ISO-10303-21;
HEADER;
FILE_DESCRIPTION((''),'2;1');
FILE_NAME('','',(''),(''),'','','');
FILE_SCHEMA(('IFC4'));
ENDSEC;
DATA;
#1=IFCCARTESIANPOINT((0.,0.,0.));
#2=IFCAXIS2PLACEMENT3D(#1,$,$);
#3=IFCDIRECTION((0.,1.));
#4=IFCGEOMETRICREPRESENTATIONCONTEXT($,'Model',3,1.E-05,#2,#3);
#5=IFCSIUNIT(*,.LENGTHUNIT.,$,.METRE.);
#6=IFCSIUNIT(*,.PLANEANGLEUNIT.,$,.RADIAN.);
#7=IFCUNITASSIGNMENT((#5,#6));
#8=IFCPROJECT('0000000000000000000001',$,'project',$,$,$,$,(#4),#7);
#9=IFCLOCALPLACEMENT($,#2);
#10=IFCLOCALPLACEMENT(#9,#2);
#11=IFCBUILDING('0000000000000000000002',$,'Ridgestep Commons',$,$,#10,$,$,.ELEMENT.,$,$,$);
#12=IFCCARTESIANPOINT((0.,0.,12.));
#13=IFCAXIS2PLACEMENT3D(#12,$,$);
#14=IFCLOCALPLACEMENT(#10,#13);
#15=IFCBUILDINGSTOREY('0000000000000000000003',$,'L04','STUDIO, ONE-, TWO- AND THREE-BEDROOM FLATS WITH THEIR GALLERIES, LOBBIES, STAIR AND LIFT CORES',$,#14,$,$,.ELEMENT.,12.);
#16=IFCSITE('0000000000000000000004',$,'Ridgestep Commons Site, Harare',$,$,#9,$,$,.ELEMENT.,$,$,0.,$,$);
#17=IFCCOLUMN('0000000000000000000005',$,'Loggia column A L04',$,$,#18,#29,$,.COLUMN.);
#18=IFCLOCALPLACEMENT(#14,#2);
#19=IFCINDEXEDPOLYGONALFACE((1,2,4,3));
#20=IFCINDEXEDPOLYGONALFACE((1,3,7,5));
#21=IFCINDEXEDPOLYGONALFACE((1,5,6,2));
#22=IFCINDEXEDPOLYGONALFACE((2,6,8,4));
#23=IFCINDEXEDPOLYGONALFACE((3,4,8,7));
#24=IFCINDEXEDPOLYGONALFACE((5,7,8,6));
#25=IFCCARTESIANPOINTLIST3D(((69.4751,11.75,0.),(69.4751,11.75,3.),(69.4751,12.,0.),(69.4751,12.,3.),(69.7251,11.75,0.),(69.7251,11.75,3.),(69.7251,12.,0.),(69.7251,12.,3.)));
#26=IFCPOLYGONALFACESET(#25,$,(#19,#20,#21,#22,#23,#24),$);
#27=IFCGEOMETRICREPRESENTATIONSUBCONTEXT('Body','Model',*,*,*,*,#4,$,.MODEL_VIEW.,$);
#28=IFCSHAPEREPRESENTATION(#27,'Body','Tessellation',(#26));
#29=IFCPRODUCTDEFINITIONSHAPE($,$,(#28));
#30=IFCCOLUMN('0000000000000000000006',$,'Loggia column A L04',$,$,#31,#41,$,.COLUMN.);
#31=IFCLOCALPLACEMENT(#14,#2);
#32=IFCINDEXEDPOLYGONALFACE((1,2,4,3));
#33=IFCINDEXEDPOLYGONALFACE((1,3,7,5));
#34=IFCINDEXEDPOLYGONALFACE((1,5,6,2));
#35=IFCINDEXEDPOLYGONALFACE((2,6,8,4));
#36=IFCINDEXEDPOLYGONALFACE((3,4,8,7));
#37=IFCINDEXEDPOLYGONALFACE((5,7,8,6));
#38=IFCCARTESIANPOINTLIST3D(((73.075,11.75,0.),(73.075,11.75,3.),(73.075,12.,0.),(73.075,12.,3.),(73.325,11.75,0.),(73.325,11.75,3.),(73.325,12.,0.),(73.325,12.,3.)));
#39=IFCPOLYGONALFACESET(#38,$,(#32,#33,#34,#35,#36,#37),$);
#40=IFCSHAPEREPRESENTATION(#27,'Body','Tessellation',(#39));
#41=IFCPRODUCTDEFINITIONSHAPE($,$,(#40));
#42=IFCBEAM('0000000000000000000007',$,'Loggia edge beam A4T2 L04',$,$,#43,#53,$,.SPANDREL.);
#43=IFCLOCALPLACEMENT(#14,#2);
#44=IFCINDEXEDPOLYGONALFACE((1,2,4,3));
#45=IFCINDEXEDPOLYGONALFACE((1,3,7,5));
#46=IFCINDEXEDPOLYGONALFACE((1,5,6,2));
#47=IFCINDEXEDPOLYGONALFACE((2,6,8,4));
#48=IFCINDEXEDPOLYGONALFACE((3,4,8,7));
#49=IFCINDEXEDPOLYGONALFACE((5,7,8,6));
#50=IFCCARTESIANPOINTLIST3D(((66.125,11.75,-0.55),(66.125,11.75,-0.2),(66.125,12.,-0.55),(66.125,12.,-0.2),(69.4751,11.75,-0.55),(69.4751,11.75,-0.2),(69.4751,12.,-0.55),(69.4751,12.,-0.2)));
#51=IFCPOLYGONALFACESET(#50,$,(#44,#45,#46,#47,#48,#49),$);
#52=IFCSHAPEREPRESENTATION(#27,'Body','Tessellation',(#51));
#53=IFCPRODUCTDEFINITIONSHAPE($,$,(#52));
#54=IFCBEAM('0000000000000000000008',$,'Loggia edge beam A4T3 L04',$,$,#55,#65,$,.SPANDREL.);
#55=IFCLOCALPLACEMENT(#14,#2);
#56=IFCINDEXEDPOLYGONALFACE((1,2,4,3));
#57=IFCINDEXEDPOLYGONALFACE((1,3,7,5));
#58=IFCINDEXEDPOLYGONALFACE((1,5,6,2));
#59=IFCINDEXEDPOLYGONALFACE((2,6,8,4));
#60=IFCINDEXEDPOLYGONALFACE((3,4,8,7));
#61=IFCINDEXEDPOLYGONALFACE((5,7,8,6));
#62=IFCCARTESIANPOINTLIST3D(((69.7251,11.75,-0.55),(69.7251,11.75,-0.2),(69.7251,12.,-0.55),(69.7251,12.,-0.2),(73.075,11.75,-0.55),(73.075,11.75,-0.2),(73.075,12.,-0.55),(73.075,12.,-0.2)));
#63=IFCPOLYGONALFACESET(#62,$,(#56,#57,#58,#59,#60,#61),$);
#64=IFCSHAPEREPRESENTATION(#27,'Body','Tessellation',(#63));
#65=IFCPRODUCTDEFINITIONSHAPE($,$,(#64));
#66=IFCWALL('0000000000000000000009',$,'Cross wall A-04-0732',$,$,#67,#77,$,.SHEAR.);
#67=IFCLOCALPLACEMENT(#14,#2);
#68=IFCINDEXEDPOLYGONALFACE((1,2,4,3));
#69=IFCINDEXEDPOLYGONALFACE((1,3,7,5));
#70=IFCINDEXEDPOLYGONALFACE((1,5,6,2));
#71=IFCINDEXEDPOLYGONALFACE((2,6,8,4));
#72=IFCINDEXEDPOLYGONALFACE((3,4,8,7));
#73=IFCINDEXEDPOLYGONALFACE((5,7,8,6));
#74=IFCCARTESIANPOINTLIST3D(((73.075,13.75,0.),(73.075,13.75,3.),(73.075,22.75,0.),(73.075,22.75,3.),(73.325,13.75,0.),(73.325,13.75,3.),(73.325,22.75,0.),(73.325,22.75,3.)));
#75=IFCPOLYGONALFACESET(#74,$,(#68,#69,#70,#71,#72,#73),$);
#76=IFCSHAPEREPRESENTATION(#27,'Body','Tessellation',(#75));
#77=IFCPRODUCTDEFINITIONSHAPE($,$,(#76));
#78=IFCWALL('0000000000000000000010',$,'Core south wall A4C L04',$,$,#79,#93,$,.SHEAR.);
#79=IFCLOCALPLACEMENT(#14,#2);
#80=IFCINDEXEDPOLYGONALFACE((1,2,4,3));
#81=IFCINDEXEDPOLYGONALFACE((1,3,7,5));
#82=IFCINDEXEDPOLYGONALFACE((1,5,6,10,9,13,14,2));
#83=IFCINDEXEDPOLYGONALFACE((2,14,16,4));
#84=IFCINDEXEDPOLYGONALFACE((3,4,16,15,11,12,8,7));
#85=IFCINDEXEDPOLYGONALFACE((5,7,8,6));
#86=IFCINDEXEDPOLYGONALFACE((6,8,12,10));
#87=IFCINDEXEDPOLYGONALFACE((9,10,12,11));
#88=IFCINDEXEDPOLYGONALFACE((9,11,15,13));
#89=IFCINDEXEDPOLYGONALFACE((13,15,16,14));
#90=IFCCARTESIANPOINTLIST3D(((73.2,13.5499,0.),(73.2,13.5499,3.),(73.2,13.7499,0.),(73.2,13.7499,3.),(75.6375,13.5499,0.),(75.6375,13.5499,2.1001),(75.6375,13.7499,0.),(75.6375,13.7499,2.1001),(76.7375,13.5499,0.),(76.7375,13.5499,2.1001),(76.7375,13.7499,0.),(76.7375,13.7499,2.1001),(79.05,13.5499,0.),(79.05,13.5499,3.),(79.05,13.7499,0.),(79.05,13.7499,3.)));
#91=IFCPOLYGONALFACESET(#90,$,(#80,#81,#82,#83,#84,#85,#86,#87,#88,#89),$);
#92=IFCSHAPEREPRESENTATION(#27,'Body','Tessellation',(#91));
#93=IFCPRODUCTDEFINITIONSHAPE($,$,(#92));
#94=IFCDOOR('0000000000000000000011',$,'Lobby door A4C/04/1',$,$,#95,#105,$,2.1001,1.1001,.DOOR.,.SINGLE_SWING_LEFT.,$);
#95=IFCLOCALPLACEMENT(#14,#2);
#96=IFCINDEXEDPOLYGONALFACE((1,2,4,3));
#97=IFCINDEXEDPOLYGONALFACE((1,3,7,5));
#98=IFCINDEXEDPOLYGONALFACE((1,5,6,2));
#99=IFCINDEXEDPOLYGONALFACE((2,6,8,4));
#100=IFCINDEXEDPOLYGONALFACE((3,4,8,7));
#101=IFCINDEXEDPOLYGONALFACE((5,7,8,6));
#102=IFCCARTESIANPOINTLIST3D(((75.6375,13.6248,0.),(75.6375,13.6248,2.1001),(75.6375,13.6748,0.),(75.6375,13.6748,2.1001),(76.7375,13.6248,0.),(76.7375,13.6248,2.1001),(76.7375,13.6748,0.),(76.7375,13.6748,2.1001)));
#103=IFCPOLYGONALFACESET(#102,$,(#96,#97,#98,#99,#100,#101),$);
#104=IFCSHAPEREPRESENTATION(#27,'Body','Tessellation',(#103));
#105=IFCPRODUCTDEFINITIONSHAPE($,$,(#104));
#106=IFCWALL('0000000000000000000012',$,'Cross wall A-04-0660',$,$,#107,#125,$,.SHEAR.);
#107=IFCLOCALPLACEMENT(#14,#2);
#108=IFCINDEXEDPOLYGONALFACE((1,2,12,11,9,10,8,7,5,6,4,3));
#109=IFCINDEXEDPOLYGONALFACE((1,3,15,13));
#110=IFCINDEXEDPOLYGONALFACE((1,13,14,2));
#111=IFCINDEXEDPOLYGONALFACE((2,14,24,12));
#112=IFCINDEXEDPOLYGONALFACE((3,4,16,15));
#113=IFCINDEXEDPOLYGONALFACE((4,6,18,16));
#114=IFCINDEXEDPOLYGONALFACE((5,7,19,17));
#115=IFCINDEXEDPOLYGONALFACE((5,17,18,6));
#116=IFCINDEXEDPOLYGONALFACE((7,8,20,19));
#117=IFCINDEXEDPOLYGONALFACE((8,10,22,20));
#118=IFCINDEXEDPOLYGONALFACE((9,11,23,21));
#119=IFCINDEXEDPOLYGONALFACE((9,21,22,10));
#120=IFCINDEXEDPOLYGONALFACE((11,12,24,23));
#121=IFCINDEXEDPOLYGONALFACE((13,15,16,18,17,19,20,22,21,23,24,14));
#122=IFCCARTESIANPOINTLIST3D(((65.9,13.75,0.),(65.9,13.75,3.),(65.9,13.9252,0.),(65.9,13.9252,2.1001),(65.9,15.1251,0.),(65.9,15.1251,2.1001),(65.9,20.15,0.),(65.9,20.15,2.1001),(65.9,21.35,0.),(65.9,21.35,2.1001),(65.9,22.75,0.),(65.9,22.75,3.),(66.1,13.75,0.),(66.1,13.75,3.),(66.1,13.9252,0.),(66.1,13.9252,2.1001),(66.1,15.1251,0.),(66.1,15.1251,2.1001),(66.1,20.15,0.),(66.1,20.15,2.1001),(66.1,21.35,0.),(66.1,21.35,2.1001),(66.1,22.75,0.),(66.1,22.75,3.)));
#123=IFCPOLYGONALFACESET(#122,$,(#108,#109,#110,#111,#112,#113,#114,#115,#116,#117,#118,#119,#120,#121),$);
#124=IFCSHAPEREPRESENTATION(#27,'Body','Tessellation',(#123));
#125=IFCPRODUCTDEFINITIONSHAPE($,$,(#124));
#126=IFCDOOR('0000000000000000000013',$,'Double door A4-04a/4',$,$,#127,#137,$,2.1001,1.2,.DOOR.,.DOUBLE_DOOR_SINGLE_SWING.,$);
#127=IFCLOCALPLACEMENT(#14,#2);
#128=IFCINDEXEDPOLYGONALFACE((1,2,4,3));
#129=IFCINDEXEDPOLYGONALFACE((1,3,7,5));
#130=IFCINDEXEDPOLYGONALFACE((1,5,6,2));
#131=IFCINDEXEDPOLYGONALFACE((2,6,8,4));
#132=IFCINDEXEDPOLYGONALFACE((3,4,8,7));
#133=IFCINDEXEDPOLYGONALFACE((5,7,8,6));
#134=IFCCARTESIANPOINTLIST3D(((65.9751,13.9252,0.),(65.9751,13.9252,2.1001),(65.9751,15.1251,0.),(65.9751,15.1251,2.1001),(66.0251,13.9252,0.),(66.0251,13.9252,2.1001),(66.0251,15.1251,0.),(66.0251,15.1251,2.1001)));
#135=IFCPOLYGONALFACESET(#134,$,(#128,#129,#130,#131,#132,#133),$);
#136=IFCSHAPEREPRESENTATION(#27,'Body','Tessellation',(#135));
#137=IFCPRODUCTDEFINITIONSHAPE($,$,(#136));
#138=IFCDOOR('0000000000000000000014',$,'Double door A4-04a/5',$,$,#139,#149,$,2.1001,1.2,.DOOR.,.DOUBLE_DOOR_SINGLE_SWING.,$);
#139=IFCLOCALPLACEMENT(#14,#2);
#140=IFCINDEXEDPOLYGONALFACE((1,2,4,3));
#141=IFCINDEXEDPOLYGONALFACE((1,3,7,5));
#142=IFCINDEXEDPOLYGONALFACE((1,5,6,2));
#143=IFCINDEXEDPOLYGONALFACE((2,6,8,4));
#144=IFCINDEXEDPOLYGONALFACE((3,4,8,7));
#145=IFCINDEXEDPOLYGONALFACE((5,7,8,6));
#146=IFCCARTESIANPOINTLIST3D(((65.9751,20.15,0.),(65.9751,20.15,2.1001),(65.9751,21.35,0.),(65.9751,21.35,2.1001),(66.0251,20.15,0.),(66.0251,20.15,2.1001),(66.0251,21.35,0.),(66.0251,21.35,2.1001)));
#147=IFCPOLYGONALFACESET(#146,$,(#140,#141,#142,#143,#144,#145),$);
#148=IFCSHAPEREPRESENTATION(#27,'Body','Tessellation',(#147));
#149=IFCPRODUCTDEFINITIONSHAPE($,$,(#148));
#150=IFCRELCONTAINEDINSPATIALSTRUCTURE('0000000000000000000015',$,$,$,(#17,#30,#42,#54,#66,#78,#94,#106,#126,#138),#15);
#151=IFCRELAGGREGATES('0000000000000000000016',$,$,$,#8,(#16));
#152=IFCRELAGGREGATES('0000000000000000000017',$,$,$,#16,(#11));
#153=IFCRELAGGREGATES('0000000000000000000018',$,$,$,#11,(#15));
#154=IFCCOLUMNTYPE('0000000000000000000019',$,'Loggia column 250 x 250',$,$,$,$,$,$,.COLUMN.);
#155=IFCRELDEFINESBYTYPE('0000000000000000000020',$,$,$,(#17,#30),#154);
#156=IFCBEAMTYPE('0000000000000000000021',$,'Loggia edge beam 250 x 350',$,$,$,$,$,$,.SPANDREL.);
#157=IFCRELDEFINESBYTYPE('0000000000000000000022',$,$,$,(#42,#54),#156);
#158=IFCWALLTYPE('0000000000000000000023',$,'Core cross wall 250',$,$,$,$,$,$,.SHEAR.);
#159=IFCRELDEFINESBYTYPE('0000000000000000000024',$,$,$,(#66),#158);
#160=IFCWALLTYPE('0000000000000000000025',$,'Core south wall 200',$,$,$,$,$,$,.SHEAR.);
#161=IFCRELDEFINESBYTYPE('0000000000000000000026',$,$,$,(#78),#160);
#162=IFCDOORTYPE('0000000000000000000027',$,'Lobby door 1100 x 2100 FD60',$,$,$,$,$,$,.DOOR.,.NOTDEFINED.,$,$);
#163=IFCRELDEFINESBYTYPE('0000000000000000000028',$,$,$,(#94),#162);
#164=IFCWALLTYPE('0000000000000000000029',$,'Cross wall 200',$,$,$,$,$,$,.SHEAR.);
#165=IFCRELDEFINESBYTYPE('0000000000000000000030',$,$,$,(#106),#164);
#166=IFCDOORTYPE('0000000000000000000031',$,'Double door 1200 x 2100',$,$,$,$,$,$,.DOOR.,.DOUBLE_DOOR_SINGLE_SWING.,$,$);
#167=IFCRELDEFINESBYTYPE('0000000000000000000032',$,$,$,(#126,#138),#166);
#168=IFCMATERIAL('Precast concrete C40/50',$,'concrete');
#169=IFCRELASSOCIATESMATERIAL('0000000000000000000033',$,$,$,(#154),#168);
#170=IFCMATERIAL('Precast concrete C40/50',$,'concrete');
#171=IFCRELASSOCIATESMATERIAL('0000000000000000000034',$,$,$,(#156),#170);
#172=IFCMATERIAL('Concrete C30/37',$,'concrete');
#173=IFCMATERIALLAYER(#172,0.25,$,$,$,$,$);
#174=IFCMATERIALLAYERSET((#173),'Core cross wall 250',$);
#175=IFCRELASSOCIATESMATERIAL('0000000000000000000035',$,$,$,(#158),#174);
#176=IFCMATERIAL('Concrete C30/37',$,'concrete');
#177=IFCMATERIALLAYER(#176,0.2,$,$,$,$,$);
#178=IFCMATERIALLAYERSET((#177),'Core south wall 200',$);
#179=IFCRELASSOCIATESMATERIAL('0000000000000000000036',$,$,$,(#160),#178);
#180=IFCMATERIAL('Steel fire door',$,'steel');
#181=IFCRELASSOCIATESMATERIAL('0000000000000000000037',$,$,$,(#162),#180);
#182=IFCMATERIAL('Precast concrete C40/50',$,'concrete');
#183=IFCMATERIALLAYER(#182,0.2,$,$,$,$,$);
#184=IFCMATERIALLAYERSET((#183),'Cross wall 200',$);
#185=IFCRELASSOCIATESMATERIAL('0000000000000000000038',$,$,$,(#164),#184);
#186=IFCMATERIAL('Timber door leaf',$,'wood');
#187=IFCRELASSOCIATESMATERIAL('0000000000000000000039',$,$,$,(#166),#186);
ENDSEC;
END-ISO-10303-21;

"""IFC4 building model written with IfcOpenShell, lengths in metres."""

from ifc_helpers import new_model, si_unit, direction, frame, frame_2d, origin, origin_2d, place, context, subcontext, project, spatial, rectangle, extrude, material, layer, layer_set, material_profile, profile_set, type_object, element, fill, save


model = new_model("IFC4")

# Units and contexts
model_context = context("Model", 3, precision=1e-05, world=origin(), true_north=direction((0.0, 1.0)))
body_context = subcontext(model_context, "Body", "Model", "MODEL_VIEW")
ifc_project = project(units=[si_unit("LENGTHUNIT", "METRE"), si_unit("PLANEANGLEUNIT", "RADIAN")], contexts=[model_context])

# Site, building, storey
site_placement = place(None, origin())
site = spatial("IfcSite", under=ifc_project, at=site_placement, Name="Ridgestep Commons Site, Harare", CompositionType="ELEMENT", RefElevation=0.0)
building_placement = place(site_placement, origin())
building = spatial("IfcBuilding", under=site, at=building_placement, Name="Ridgestep Commons", CompositionType="ELEMENT")
storey_placement = place(building_placement, frame((0.0, 0.0, 12.0)))
storey = spatial("IfcBuildingStorey", under=building, at=storey_placement, Name="L04", Description="STUDIO, ONE-, TWO- AND THREE-BEDROOM FLATS WITH THEIR GALLERIES, LOBBIES, STAIR AND LIFT CORES", CompositionType="ELEMENT", Elevation=12.0)

# Columns
ifc_material_1 = material(Name="Precast concrete C40/50", Category="concrete")
ifc_material_profile_1 = material_profile(ifc_material_1, rectangle(XDim=0.25, YDim=0.25, at=origin_2d()), Name="PC 250x250")
ifc_profile_set_1 = profile_set([ifc_material_profile_1], Name="Precast concrete C40/50")
column_type = type_object("IfcColumnType", Name="Loggia column 250 x 250", PredefinedType="COLUMN", material=ifc_profile_set_1)
for number, where, z_axis, x_axis, name in (
    (1, (69.6001, 11.875, 0.0), (0.0, 0.0, 1.0), (1.0, 0.0, 0.0), "Loggia column A L04"),
    (2, (73.2, 11.875, 0.0), (0.0, 0.0, 1.0), (1.0, 0.0, 0.0), "Loggia column A L04"),
):
    element("IfcColumn", number, at=place(storey_placement, frame(where, z_axis=z_axis, x_axis=x_axis)), inside=storey, type_object=column_type, Name=name, PredefinedType="COLUMN", context=body_context, shape_type="SweptSolid", body=[
        extrude(rectangle(XDim=0.25, YDim=0.25, at=origin_2d()), origin(), (0.0, 0.0, 1.0), 3.0),
    ])

# Beams
ifc_material_2 = material(Name="Precast concrete C40/50", Category="concrete")
ifc_material_profile_2 = material_profile(ifc_material_2, rectangle(XDim=0.25, YDim=0.3501, at=origin_2d()), Name="PC 250x350")
ifc_profile_set_2 = profile_set([ifc_material_profile_2], Name="Precast concrete C40/50")
beam_type = type_object("IfcBeamType", Name="Loggia edge beam 250 x 350", PredefinedType="SPANDREL", material=ifc_profile_set_2)
beam_1_placement = place(storey_placement, frame((66.125, 11.875, -0.375), z_axis=(1.0, 0.0, 0.0), x_axis=(0.0, 1.0, 0.0)))
element("IfcBeam", 3, at=beam_1_placement, inside=storey, type_object=beam_type, Name="Loggia edge beam A4T2 L04", PredefinedType="SPANDREL", context=body_context, shape_type="SweptSolid", body=[
    extrude(rectangle(XDim=0.25, YDim=0.3501, at=origin_2d()), origin(), (0.0, 0.0, 1.0), 3.3501),
])
beam_2_placement = place(storey_placement, frame((69.7251, 11.875, -0.375), z_axis=(1.0, 0.0, 0.0), x_axis=(0.0, 1.0, 0.0)))
element("IfcBeam", 4, at=beam_2_placement, inside=storey, type_object=beam_type, Name="Loggia edge beam A4T3 L04", PredefinedType="SPANDREL", context=body_context, shape_type="SweptSolid", body=[
    extrude(rectangle(XDim=0.25, YDim=0.3501, at=origin_2d()), origin(), (0.0, 0.0, 1.0), 3.3499),
])

# Wall
ifc_material_3 = material(Name="Concrete C30/37", Category="concrete")
ifc_layer_1 = layer(ifc_material_3, 0.25)
ifc_layer_set_1 = layer_set([ifc_layer_1], Name="Core cross wall 250")
wall_type_1 = type_object("IfcWallType", Name="Core cross wall 250", PredefinedType="SHEAR", material=ifc_layer_set_1)
wall_1_placement = place(storey_placement, frame((73.2, 13.75, 0.0), z_axis=(0.0, 0.0, 1.0), x_axis=(0.0, 1.0, 0.0)))
element("IfcWall", 5, at=wall_1_placement, inside=storey, type_object=wall_type_1, Name="Cross wall A-04-0732", PredefinedType="SHEAR", context=body_context, shape_type="SweptSolid", body=[
    extrude(rectangle(XDim=9.0, YDim=0.25, at=frame_2d((4.5, 0.0))), origin(), (0.0, 0.0, 1.0), 3.0),
])

# Wall, opening, door
ifc_material_4 = material(Name="Concrete C30/37", Category="concrete")
ifc_layer_2 = layer(ifc_material_4, 0.2)
ifc_layer_set_2 = layer_set([ifc_layer_2], Name="Core south wall 200")
wall_type_2 = type_object("IfcWallType", Name="Core south wall 200", PredefinedType="SHEAR", material=ifc_layer_set_2)
wall_2_placement = place(storey_placement, frame((73.2, 13.6499, 0.0), z_axis=(0.0, 0.0, 1.0), x_axis=(1.0, 0.0, 0.0)))
wall_2 = element("IfcWall", 6, at=wall_2_placement, inside=storey, type_object=wall_type_2, Name="Core south wall A4C L04", PredefinedType="SHEAR", context=body_context, shape_type="SweptSolid", body=[
    extrude(rectangle(XDim=5.8501, YDim=0.2, at=frame_2d((2.925, 0.0))), origin(), (0.0, 0.0, 1.0), 3.0),
])
opening_1_placement = place(wall_2_placement, frame((2.4375, 0.0, 0.0)))
opening_1 = element("IfcOpeningElement", 7, at=opening_1_placement, cuts=wall_2, PredefinedType="OPENING", context=body_context, shape_type="SweptSolid", body=[
    extrude(rectangle(XDim=1.1001, YDim=2.1001, at=frame_2d((0.55, 1.05))), frame((0.0, 0.1099, 0.0), z_axis=(0.0, -1.0, 0.0), x_axis=(1.0, 0.0, 0.0)), (0.0, 0.0, 1.0), 0.22),
])
ifc_material_5 = material(Name="Steel fire door", Category="steel")
door_type_1 = type_object("IfcDoorType", Name="Lobby door 1100 x 2100 FD60", OperationType="NOTDEFINED", PredefinedType="DOOR", material=ifc_material_5)
door_1_placement = place(opening_1_placement, origin())
door_1 = element("IfcDoor", 8, at=door_1_placement, inside=storey, type_object=door_type_1, Name="Lobby door A4C/04/1", OperationType="SINGLE_SWING_LEFT", OverallHeight=2.1001, OverallWidth=1.1001, PredefinedType="DOOR", context=body_context, shape_type="SweptSolid", body=[
    extrude(rectangle(XDim=1.1001, YDim=2.1001, at=frame_2d((0.55, 1.05))), frame((0.0, 0.0249, 0.0), z_axis=(0.0, -1.0, 0.0), x_axis=(1.0, 0.0, 0.0)), (0.0, 0.0, 1.0), 0.05),
])
fill(opening_1, door_1)

# Wall, openings, doors
ifc_material_6 = material(Name="Precast concrete C40/50", Category="concrete")
ifc_layer_3 = layer(ifc_material_6, 0.2)
ifc_layer_set_3 = layer_set([ifc_layer_3], Name="Cross wall 200")
wall_type_3 = type_object("IfcWallType", Name="Cross wall 200", PredefinedType="SHEAR", material=ifc_layer_set_3)
wall_3_placement = place(storey_placement, frame((66.0, 13.75, 0.0), z_axis=(0.0, 0.0, 1.0), x_axis=(0.0, 1.0, 0.0)))
wall_3 = element("IfcWall", 9, at=wall_3_placement, inside=storey, type_object=wall_type_3, Name="Cross wall A-04-0660", PredefinedType="SHEAR", context=body_context, shape_type="SweptSolid", body=[
    extrude(rectangle(XDim=9.0, YDim=0.2, at=frame_2d((4.5, 0.0))), origin(), (0.0, 0.0, 1.0), 3.0),
])
opening_2_placement = place(wall_3_placement, frame((0.175, 0.0, 0.0)))
opening_2 = element("IfcOpeningElement", 10, at=opening_2_placement, cuts=wall_3, PredefinedType="OPENING", context=body_context, shape_type="SweptSolid", body=[
    extrude(rectangle(XDim=1.2, YDim=2.1001, at=frame_2d((0.6001, 1.05))), frame((0.0, 0.1099, 0.0), z_axis=(0.0, -1.0, 0.0), x_axis=(1.0, 0.0, 0.0)), (0.0, 0.0, 1.0), 0.22),
])
opening_3_placement = place(wall_3_placement, frame((6.3999, 0.0, 0.0)))
opening_3 = element("IfcOpeningElement", 11, at=opening_3_placement, cuts=wall_3, PredefinedType="OPENING", context=body_context, shape_type="SweptSolid", body=[
    extrude(rectangle(XDim=1.2, YDim=2.1001, at=frame_2d((0.6001, 1.05))), frame((0.0, 0.1099, 0.0), z_axis=(0.0, -1.0, 0.0), x_axis=(1.0, 0.0, 0.0)), (0.0, 0.0, 1.0), 0.22),
])
ifc_material_7 = material(Name="Timber door leaf", Category="wood")
door_type_2 = type_object("IfcDoorType", Name="Double door 1200 x 2100", OperationType="DOUBLE_DOOR_SINGLE_SWING", PredefinedType="DOOR", material=ifc_material_7)
door_2_placement = place(opening_2_placement, origin())
door_2 = element("IfcDoor", 12, at=door_2_placement, inside=storey, type_object=door_type_2, Name="Double door A4-04a/4", OperationType="DOUBLE_DOOR_SINGLE_SWING", OverallHeight=2.1001, OverallWidth=1.2, PredefinedType="DOOR", context=body_context, shape_type="SweptSolid", body=[
    extrude(rectangle(XDim=1.2, YDim=2.1001, at=frame_2d((0.6001, 1.05))), frame((0.0, 0.0249, 0.0), z_axis=(0.0, -1.0, 0.0), x_axis=(1.0, 0.0, 0.0)), (0.0, 0.0, 1.0), 0.05),
])
fill(opening_2, door_2)
door_3_placement = place(opening_3_placement, origin())
door_3 = element("IfcDoor", 13, at=door_3_placement, inside=storey, type_object=door_type_2, Name="Double door A4-04a/5", OperationType="DOUBLE_DOOR_SINGLE_SWING", OverallHeight=2.1001, OverallWidth=1.2, PredefinedType="DOOR", context=body_context, shape_type="SweptSolid", body=[
    extrude(rectangle(XDim=1.2, YDim=2.1001, at=frame_2d((0.6001, 1.05))), frame((0.0, 0.0249, 0.0), z_axis=(0.0, -1.0, 0.0), x_axis=(1.0, 0.0, 0.0)), (0.0, 0.0, 1.0), 0.05),
])
fill(opening_3, door_3)

save(model, "model.ifc")
